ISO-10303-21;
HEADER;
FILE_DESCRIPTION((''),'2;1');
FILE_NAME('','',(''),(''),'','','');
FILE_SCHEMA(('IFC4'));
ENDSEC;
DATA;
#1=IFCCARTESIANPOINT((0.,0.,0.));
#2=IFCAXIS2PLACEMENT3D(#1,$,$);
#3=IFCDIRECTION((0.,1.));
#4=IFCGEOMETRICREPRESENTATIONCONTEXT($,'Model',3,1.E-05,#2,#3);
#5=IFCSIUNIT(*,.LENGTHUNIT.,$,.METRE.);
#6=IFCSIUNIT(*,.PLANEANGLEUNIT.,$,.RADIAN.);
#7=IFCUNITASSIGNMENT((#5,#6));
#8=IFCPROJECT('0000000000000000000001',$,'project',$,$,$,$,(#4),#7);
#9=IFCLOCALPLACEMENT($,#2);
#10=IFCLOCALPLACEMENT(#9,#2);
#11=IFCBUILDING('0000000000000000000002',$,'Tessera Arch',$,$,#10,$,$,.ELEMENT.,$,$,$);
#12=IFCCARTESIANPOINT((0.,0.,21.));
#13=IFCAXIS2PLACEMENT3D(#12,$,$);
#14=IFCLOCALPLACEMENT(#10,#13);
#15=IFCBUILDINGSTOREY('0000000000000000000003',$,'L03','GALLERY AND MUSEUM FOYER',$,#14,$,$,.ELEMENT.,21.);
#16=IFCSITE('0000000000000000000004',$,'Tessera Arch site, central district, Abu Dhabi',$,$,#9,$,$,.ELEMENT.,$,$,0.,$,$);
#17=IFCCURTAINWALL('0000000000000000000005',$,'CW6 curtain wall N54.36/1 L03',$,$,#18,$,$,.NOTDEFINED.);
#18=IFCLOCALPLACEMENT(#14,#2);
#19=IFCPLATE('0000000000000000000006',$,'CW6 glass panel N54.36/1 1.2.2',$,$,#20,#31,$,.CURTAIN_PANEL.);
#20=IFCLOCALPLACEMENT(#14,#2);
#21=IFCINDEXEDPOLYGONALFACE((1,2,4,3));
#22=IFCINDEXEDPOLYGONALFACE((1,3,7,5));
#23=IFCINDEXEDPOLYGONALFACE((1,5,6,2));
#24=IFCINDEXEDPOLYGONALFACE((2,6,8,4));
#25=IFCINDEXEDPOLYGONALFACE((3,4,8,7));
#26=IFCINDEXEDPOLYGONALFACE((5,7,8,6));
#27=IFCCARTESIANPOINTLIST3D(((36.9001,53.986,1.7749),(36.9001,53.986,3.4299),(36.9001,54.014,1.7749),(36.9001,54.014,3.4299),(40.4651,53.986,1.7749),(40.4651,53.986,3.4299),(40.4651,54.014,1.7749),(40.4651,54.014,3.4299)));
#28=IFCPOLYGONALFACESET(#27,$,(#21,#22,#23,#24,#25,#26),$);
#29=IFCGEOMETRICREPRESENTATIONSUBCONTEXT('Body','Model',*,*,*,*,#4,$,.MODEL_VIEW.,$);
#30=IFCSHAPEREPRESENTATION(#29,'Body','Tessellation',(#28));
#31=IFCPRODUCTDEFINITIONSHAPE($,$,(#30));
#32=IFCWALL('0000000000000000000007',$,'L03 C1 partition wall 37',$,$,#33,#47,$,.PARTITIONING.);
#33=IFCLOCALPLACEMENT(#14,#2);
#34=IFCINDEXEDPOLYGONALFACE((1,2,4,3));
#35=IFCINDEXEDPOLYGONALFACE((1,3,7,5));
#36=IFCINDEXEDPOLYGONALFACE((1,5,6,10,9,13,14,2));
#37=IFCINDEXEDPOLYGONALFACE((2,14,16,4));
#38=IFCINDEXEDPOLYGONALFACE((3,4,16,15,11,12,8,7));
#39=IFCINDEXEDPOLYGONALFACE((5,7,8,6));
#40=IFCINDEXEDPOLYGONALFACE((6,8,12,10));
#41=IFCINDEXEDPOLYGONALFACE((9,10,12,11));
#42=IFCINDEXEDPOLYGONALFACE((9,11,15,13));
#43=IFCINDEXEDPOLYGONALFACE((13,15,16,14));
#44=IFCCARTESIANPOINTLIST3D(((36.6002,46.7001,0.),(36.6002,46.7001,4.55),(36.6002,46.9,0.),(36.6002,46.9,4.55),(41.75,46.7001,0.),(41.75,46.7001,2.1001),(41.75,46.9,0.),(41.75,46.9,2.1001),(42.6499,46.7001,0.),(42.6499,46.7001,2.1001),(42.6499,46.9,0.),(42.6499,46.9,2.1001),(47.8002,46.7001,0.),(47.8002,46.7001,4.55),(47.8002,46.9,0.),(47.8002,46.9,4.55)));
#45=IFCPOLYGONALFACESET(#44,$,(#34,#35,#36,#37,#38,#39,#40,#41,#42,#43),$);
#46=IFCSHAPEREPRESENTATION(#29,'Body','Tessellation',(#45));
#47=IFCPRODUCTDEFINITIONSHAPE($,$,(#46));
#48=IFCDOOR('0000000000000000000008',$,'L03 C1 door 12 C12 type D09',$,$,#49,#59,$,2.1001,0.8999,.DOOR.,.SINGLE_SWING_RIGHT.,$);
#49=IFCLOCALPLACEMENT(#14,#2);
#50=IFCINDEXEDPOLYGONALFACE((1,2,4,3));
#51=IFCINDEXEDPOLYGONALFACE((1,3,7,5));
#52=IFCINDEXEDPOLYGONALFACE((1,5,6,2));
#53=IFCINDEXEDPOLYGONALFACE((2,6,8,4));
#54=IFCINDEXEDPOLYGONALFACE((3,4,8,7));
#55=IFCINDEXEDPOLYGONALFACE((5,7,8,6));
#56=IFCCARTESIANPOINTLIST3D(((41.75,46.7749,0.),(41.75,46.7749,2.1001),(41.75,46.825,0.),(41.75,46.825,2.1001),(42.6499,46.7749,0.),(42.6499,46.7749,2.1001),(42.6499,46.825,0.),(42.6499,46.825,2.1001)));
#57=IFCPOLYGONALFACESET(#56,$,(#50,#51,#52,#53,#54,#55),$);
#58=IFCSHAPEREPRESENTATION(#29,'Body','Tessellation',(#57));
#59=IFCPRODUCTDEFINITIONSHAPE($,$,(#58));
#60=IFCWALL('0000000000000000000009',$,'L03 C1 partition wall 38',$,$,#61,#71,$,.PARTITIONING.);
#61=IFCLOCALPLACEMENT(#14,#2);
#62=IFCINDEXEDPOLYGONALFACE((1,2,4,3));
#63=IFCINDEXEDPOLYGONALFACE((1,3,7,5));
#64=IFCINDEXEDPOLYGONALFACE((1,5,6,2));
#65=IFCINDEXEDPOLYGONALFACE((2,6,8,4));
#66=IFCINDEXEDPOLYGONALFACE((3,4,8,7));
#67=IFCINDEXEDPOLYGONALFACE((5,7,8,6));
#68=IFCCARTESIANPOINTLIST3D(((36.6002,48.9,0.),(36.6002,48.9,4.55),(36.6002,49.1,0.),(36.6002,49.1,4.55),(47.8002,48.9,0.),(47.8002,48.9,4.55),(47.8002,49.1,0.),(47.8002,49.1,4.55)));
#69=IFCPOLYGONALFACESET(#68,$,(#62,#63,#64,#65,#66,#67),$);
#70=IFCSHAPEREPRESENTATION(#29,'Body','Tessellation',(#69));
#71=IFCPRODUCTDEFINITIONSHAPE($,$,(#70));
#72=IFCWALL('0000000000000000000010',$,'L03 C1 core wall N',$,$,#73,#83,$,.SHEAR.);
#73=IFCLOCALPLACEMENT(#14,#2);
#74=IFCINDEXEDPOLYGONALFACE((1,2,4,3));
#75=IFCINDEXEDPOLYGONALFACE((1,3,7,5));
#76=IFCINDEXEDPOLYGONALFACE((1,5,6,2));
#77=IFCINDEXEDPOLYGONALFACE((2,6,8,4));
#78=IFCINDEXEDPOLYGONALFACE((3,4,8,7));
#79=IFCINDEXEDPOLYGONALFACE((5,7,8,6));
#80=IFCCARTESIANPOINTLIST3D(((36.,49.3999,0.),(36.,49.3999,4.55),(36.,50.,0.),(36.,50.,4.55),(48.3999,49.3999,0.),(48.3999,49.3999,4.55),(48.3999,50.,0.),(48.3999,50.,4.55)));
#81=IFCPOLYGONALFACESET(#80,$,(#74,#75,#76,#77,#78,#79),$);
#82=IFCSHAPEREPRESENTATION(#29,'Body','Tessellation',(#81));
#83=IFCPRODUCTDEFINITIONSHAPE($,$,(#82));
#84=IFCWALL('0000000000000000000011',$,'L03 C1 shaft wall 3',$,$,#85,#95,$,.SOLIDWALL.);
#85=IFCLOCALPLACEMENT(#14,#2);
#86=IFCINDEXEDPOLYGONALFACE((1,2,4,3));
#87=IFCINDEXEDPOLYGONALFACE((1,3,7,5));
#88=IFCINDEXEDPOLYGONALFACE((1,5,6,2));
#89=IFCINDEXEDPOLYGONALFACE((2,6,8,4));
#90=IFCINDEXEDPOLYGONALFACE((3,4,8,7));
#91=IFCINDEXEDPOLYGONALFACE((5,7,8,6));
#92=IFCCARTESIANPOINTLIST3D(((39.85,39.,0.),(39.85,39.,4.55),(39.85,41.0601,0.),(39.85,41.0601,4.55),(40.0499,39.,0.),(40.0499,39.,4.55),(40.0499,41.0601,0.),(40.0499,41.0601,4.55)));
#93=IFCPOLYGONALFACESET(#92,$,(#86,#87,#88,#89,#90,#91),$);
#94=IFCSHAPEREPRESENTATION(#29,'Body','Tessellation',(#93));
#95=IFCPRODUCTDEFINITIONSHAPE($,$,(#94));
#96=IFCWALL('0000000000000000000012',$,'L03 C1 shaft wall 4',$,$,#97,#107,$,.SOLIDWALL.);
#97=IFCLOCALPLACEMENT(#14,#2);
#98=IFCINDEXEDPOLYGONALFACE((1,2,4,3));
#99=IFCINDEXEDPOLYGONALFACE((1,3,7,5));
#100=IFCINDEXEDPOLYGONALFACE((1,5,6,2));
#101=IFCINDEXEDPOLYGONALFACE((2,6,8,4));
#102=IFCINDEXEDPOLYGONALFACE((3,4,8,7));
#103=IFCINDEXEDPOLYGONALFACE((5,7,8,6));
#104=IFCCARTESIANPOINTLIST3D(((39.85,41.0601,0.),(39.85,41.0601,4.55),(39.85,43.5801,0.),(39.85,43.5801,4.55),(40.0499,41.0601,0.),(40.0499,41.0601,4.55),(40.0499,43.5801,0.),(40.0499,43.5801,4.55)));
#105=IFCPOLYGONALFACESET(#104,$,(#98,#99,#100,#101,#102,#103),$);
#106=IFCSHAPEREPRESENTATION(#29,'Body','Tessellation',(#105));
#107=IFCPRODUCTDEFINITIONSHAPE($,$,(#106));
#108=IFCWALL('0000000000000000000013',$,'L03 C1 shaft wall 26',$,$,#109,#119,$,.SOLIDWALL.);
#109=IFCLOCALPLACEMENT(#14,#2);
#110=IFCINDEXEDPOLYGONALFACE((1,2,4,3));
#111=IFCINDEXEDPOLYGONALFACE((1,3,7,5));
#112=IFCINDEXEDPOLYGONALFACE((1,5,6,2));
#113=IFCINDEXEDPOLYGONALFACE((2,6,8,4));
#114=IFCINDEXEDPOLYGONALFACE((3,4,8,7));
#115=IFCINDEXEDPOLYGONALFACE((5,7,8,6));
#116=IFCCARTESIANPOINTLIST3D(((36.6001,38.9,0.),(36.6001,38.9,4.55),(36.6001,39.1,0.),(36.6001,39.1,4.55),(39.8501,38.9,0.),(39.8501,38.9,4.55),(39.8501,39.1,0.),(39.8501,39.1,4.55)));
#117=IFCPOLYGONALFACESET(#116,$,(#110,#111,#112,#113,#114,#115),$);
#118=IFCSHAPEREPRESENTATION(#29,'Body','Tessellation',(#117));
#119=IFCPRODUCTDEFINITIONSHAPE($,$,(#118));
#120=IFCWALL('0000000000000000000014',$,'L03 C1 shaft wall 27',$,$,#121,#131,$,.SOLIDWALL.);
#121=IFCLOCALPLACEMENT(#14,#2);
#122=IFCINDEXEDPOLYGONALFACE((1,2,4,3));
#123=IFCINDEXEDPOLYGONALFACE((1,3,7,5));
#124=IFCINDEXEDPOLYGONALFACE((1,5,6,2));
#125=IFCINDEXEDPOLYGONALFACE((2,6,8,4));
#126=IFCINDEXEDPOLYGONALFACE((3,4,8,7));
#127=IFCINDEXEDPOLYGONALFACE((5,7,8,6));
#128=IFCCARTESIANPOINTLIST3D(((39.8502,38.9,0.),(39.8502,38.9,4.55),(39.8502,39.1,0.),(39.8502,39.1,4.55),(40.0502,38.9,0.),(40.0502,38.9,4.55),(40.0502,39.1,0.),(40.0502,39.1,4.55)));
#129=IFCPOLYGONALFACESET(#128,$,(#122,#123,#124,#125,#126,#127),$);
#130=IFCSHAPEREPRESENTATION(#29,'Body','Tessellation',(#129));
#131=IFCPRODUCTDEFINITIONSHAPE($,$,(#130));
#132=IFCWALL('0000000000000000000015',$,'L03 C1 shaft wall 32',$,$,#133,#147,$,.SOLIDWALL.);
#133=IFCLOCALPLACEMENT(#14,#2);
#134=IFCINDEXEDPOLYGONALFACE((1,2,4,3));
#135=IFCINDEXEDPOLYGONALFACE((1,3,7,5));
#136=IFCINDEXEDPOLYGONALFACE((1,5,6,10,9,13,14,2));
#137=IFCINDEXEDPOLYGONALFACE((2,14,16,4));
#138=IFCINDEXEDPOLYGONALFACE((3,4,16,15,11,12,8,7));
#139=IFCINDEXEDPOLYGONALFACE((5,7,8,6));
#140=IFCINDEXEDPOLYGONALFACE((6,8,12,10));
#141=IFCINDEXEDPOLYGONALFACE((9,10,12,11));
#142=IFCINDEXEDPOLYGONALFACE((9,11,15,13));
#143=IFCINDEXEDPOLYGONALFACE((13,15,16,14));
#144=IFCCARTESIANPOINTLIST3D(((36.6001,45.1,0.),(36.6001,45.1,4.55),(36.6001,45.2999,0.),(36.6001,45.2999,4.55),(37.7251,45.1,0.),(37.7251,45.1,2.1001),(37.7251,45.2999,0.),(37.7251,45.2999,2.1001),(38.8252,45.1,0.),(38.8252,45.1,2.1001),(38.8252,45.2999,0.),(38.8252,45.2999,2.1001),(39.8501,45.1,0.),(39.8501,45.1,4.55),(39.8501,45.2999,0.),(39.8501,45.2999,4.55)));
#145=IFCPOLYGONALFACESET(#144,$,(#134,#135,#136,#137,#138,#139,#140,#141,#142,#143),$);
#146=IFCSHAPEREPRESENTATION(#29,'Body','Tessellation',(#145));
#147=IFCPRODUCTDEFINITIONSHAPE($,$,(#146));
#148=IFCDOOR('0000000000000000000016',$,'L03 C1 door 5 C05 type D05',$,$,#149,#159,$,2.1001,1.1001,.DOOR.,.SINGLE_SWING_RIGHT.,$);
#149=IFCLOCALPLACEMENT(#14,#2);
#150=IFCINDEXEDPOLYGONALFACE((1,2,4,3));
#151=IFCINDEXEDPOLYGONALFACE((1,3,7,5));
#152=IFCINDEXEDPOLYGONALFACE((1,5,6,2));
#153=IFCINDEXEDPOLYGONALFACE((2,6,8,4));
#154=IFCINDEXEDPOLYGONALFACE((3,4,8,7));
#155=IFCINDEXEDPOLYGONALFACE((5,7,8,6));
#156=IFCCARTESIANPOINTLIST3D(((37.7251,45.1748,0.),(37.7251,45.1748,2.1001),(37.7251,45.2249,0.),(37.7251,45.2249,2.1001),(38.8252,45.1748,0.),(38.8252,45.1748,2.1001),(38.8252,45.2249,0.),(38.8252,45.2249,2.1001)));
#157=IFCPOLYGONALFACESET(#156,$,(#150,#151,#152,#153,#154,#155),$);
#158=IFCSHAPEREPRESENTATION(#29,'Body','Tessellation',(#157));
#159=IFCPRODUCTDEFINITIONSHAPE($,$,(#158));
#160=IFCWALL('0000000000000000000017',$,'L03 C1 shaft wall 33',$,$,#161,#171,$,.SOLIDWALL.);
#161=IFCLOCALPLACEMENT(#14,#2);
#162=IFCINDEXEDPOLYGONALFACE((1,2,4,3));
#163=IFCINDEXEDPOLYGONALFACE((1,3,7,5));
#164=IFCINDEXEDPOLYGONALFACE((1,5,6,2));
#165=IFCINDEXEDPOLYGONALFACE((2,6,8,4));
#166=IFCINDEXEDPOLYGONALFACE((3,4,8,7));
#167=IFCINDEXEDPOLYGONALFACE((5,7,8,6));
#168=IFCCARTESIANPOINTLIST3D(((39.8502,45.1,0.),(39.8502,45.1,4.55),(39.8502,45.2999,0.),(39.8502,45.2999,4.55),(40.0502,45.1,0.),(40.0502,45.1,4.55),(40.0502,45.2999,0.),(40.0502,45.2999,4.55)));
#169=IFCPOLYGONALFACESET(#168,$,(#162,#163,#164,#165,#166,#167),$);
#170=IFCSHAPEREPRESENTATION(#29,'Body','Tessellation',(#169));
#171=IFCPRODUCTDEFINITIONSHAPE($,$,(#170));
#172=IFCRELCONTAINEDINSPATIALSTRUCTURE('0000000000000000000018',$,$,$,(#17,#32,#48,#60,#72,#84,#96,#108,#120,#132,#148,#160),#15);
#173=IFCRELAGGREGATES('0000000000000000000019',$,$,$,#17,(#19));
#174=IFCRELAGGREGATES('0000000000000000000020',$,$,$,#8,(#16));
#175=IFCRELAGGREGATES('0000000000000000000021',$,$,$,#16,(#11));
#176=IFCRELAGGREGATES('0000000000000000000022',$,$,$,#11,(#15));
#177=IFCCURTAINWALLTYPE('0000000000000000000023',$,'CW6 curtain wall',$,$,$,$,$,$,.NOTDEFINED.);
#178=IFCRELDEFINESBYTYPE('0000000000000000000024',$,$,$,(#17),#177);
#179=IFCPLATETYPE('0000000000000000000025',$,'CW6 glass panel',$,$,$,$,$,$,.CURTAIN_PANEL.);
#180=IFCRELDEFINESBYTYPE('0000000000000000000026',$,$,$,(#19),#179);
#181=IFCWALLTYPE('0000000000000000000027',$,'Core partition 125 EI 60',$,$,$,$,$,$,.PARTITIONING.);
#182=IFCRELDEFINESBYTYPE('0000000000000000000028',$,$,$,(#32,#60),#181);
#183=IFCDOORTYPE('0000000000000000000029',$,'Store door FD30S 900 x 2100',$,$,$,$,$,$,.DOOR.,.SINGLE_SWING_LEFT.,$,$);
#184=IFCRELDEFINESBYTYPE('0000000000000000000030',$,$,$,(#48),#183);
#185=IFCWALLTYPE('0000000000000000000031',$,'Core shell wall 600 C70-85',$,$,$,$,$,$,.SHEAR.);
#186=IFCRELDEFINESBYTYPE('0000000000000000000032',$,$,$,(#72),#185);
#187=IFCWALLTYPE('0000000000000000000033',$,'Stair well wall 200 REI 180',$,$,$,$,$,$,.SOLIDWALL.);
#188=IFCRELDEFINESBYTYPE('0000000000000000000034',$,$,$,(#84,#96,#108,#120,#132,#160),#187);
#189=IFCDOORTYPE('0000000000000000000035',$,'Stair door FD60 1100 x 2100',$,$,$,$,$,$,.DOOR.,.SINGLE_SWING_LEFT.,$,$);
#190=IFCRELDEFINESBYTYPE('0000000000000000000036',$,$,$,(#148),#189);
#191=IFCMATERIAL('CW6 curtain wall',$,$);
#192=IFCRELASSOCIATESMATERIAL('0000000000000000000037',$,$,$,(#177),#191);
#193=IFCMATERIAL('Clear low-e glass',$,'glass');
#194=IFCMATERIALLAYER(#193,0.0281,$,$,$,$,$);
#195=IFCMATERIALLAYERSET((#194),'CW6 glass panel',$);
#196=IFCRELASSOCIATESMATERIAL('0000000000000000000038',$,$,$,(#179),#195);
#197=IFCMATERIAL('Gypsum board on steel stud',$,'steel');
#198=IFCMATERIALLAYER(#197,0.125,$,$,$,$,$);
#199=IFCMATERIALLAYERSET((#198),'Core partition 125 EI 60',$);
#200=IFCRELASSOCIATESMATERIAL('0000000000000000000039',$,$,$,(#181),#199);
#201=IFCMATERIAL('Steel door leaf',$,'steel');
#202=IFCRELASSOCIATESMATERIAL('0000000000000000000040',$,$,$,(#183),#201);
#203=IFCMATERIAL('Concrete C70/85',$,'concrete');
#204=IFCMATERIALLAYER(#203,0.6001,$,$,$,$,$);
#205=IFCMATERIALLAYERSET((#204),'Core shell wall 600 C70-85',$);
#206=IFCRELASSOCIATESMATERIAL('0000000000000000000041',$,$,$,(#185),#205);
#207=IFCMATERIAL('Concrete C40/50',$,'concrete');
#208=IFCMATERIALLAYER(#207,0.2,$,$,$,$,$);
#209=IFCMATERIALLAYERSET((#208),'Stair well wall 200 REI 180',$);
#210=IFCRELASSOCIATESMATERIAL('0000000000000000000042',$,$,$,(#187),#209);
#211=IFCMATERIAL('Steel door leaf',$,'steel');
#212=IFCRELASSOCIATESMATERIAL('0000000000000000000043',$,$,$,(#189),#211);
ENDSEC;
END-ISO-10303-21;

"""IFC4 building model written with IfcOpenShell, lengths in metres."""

from ifc_helpers import new_model, si_unit, direction, frame, frame_2d, origin, origin_2d, place, context, subcontext, project, spatial, rectangle, extrude, material, layer, layer_set, type_object, element, fill, aggregate, save


model = new_model("IFC4")

# Units and contexts
model_context = context("Model", 3, precision=1e-05, world=origin(), true_north=direction((0.0, 1.0)))
body_context = subcontext(model_context, "Body", "Model", "MODEL_VIEW")
ifc_project = project(units=[si_unit("LENGTHUNIT", "METRE"), si_unit("PLANEANGLEUNIT", "RADIAN")], contexts=[model_context])

# Site, building, storey
site_placement = place(None, origin())
site = spatial("IfcSite", under=ifc_project, at=site_placement, Name="Tessera Arch site, central district, Abu Dhabi", CompositionType="ELEMENT", RefElevation=0.0)
building_placement = place(site_placement, origin())
building = spatial("IfcBuilding", under=site, at=building_placement, Name="Tessera Arch", CompositionType="ELEMENT")
storey_placement = place(building_placement, frame((0.0, 0.0, 21.0)))
storey = spatial("IfcBuildingStorey", under=building, at=storey_placement, Name="L03", Description="GALLERY AND MUSEUM FOYER", CompositionType="ELEMENT", Elevation=21.0)

# Curtain wall, plate
ifc_material_1 = material(Name="CW6 curtain wall")
curtain_wall_type = type_object("IfcCurtainWallType", Name="CW6 curtain wall", PredefinedType="NOTDEFINED", material=ifc_material_1)
curtain_wall_placement = place(storey_placement, origin())
curtain_wall = element("IfcCurtainWall", 1, at=curtain_wall_placement, inside=storey, type_object=curtain_wall_type, Name="CW6 curtain wall N54.36/1 L03", PredefinedType="NOTDEFINED")
ifc_material_2 = material(Name="Clear low-e glass", Category="glass")
ifc_layer_1 = layer(ifc_material_2, 0.0281)
ifc_layer_set_1 = layer_set([ifc_layer_1], Name="CW6 glass panel")
plate_type = type_object("IfcPlateType", Name="CW6 glass panel", PredefinedType="CURTAIN_PANEL", material=ifc_layer_set_1)
plate_1_placement = place(storey_placement, frame((38.6826, 54.0, 1.7749), z_axis=(0.0, 0.0, 1.0), x_axis=(-1.0, 0.0, 0.0)))
plate_1 = element("IfcPlate", 2, at=plate_1_placement, type_object=plate_type, Name="CW6 glass panel N54.36/1 1.2.2", PredefinedType="CURTAIN_PANEL", context=body_context, shape_type="SweptSolid", body=[
    extrude(rectangle(XDim=3.5649, YDim=0.0281, at=origin_2d()), origin(), (0.0, 0.0, 1.0), 1.655),
])
aggregate(curtain_wall, [plate_1])

# Wall, opening, door
ifc_material_3 = material(Name="Gypsum board on steel stud", Category="steel")
ifc_layer_2 = layer(ifc_material_3, 0.125)
ifc_layer_set_2 = layer_set([ifc_layer_2], Name="Core partition 125 EI 60")
wall_type_1 = type_object("IfcWallType", Name="Core partition 125 EI 60", PredefinedType="PARTITIONING", material=ifc_layer_set_2)
wall_1_placement = place(storey_placement, frame((36.6001, 46.8, 0.0), z_axis=(0.0, 0.0, 1.0), x_axis=(1.0, 0.0, 0.0)))
wall_1 = element("IfcWall", 3, at=wall_1_placement, inside=storey, type_object=wall_type_1, Name="L03 C1 partition wall 37", PredefinedType="PARTITIONING", context=body_context, shape_type="SweptSolid", body=[
    extrude(rectangle(XDim=11.2, YDim=0.2, at=frame_2d((5.6001, 0.0))), origin(), (0.0, 0.0, 1.0), 4.55),
])
opening_1_placement = place(wall_1_placement, frame((5.1499, 0.0, 0.0)))
opening_1 = element("IfcOpeningElement", 4, at=opening_1_placement, cuts=wall_1, PredefinedType="OPENING", context=body_context, shape_type="SweptSolid", body=[
    extrude(rectangle(XDim=0.8999, YDim=2.1001, at=frame_2d((0.45, 1.05))), frame((0.0, 0.1099, 0.0), z_axis=(0.0, -1.0, 0.0), x_axis=(1.0, 0.0, 0.0)), (0.0, 0.0, 1.0), 0.22),
])
ifc_material_4 = material(Name="Steel door leaf", Category="steel")
door_type_1 = type_object("IfcDoorType", Name="Store door FD30S 900 x 2100", OperationType="SINGLE_SWING_LEFT", PredefinedType="DOOR", material=ifc_material_4)
door_1_placement = place(opening_1_placement, origin())
door_1 = element("IfcDoor", 5, at=door_1_placement, inside=storey, type_object=door_type_1, Name="L03 C1 door 12 C12 type D09", OperationType="SINGLE_SWING_RIGHT", OverallHeight=2.1001, OverallWidth=0.8999, PredefinedType="DOOR", context=body_context, shape_type="SweptSolid", body=[
    extrude(rectangle(XDim=0.8999, YDim=2.1001, at=frame_2d((0.45, 1.05))), frame((0.0, 0.0249, 0.0), z_axis=(0.0, -1.0, 0.0), x_axis=(1.0, 0.0, 0.0)), (0.0, 0.0, 1.0), 0.05),
])
fill(opening_1, door_1)

# Walls
wall_2_placement = place(storey_placement, frame((36.6001, 49.0, 0.0), z_axis=(0.0, 0.0, 1.0), x_axis=(1.0, 0.0, 0.0)))
element("IfcWall", 6, at=wall_2_placement, inside=storey, type_object=wall_type_1, Name="L03 C1 partition wall 38", PredefinedType="PARTITIONING", context=body_context, shape_type="SweptSolid", body=[
    extrude(rectangle(XDim=11.2, YDim=0.2, at=frame_2d((5.6001, 0.0))), origin(), (0.0, 0.0, 1.0), 4.55),
])
ifc_material_5 = material(Name="Concrete C70/85", Category="concrete")
ifc_layer_3 = layer(ifc_material_5, 0.6001)
ifc_layer_set_3 = layer_set([ifc_layer_3], Name="Core shell wall 600 C70-85")
wall_type_2 = type_object("IfcWallType", Name="Core shell wall 600 C70-85", PredefinedType="SHEAR", material=ifc_layer_set_3)
wall_3_placement = place(storey_placement, frame((36.0, 49.7, 0.0), z_axis=(0.0, 0.0, 1.0), x_axis=(1.0, 0.0, 0.0)))
element("IfcWall", 7, at=wall_3_placement, inside=storey, type_object=wall_type_2, Name="L03 C1 core wall N", PredefinedType="SHEAR", context=body_context, shape_type="SweptSolid", body=[
    extrude(rectangle(XDim=12.3999, YDim=0.6001, at=frame_2d((6.2, 0.0))), origin(), (0.0, 0.0, 1.0), 4.55),
])
ifc_material_6 = material(Name="Concrete C40/50", Category="concrete")
ifc_layer_4 = layer(ifc_material_6, 0.2)
ifc_layer_set_4 = layer_set([ifc_layer_4], Name="Stair well wall 200 REI 180")
wall_type_3 = type_object("IfcWallType", Name="Stair well wall 200 REI 180", PredefinedType="SOLIDWALL", material=ifc_layer_set_4)
wall_4_placement = place(storey_placement, frame((39.95, 39.0, 0.0), z_axis=(0.0, 0.0, 1.0), x_axis=(0.0, 1.0, 0.0)))
element("IfcWall", 8, at=wall_4_placement, inside=storey, type_object=wall_type_3, Name="L03 C1 shaft wall 3", PredefinedType="SOLIDWALL", context=body_context, shape_type="SweptSolid", body=[
    extrude(rectangle(XDim=2.0601, YDim=0.2, at=frame_2d((1.03, 0.0))), origin(), (0.0, 0.0, 1.0), 4.55),
])
wall_5_placement = place(storey_placement, frame((39.95, 41.0601, 0.0), z_axis=(0.0, 0.0, 1.0), x_axis=(0.0, 1.0, 0.0)))
element("IfcWall", 9, at=wall_5_placement, inside=storey, type_object=wall_type_3, Name="L03 C1 shaft wall 4", PredefinedType="SOLIDWALL", context=body_context, shape_type="SweptSolid", body=[
    extrude(rectangle(XDim=2.52, YDim=0.2, at=frame_2d((1.26, 0.0))), origin(), (0.0, 0.0, 1.0), 4.55),
])
wall_6_placement = place(storey_placement, frame((36.6001, 39.0, 0.0), z_axis=(0.0, 0.0, 1.0), x_axis=(1.0, 0.0, 0.0)))
element("IfcWall", 10, at=wall_6_placement, inside=storey, type_object=wall_type_3, Name="L03 C1 shaft wall 26", PredefinedType="SOLIDWALL", context=body_context, shape_type="SweptSolid", body=[
    extrude(rectangle(XDim=3.25, YDim=0.2, at=frame_2d((1.625, 0.0))), origin(), (0.0, 0.0, 1.0), 4.55),
])
wall_7_placement = place(storey_placement, frame((39.8501, 39.0, 0.0), z_axis=(0.0, 0.0, 1.0), x_axis=(1.0, 0.0, 0.0)))
element("IfcWall", 11, at=wall_7_placement, inside=storey, type_object=wall_type_3, Name="L03 C1 shaft wall 27", PredefinedType="SOLIDWALL", context=body_context, shape_type="SweptSolid", body=[
    extrude(rectangle(XDim=0.2, YDim=0.2, at=frame_2d((0.1001, 0.0))), origin(), (0.0, 0.0, 1.0), 4.55),
])

# Wall, opening, door
wall_8_placement = place(storey_placement, frame((36.6001, 45.2, 0.0), z_axis=(0.0, 0.0, 1.0), x_axis=(1.0, 0.0, 0.0)))
wall_8 = element("IfcWall", 12, at=wall_8_placement, inside=storey, type_object=wall_type_3, Name="L03 C1 shaft wall 32", PredefinedType="SOLIDWALL", context=body_context, shape_type="SweptSolid", body=[
    extrude(rectangle(XDim=3.25, YDim=0.2, at=frame_2d((1.625, 0.0))), origin(), (0.0, 0.0, 1.0), 4.55),
])
opening_2_placement = place(wall_8_placement, frame((1.125, 0.0, 0.0)))
opening_2 = element("IfcOpeningElement", 13, at=opening_2_placement, cuts=wall_8, PredefinedType="OPENING", context=body_context, shape_type="SweptSolid", body=[
    extrude(rectangle(XDim=1.1001, YDim=2.1001, at=frame_2d((0.55, 1.05))), frame((0.0, 0.1099, 0.0), z_axis=(0.0, -1.0, 0.0), x_axis=(1.0, 0.0, 0.0)), (0.0, 0.0, 1.0), 0.22),
])
ifc_material_7 = material(Name="Steel door leaf", Category="steel")
door_type_2 = type_object("IfcDoorType", Name="Stair door FD60 1100 x 2100", OperationType="SINGLE_SWING_LEFT", PredefinedType="DOOR", material=ifc_material_7)
door_2_placement = place(opening_2_placement, origin())
door_2 = element("IfcDoor", 14, at=door_2_placement, inside=storey, type_object=door_type_2, Name="L03 C1 door 5 C05 type D05", OperationType="SINGLE_SWING_RIGHT", OverallHeight=2.1001, OverallWidth=1.1001, PredefinedType="DOOR", context=body_context, shape_type="SweptSolid", body=[
    extrude(rectangle(XDim=1.1001, YDim=2.1001, at=frame_2d((0.55, 1.05))), frame((0.0, 0.0249, 0.0), z_axis=(0.0, -1.0, 0.0), x_axis=(1.0, 0.0, 0.0)), (0.0, 0.0, 1.0), 0.05),
])
fill(opening_2, door_2)

# Wall
wall_9_placement = place(storey_placement, frame((39.8501, 45.2, 0.0), z_axis=(0.0, 0.0, 1.0), x_axis=(1.0, 0.0, 0.0)))
element("IfcWall", 15, at=wall_9_placement, inside=storey, type_object=wall_type_3, Name="L03 C1 shaft wall 33", PredefinedType="SOLIDWALL", context=body_context, shape_type="SweptSolid", body=[
    extrude(rectangle(XDim=0.2, YDim=0.2, at=frame_2d((0.1001, 0.0))), origin(), (0.0, 0.0, 1.0), 4.55),
])

save(model, "model.ifc")
